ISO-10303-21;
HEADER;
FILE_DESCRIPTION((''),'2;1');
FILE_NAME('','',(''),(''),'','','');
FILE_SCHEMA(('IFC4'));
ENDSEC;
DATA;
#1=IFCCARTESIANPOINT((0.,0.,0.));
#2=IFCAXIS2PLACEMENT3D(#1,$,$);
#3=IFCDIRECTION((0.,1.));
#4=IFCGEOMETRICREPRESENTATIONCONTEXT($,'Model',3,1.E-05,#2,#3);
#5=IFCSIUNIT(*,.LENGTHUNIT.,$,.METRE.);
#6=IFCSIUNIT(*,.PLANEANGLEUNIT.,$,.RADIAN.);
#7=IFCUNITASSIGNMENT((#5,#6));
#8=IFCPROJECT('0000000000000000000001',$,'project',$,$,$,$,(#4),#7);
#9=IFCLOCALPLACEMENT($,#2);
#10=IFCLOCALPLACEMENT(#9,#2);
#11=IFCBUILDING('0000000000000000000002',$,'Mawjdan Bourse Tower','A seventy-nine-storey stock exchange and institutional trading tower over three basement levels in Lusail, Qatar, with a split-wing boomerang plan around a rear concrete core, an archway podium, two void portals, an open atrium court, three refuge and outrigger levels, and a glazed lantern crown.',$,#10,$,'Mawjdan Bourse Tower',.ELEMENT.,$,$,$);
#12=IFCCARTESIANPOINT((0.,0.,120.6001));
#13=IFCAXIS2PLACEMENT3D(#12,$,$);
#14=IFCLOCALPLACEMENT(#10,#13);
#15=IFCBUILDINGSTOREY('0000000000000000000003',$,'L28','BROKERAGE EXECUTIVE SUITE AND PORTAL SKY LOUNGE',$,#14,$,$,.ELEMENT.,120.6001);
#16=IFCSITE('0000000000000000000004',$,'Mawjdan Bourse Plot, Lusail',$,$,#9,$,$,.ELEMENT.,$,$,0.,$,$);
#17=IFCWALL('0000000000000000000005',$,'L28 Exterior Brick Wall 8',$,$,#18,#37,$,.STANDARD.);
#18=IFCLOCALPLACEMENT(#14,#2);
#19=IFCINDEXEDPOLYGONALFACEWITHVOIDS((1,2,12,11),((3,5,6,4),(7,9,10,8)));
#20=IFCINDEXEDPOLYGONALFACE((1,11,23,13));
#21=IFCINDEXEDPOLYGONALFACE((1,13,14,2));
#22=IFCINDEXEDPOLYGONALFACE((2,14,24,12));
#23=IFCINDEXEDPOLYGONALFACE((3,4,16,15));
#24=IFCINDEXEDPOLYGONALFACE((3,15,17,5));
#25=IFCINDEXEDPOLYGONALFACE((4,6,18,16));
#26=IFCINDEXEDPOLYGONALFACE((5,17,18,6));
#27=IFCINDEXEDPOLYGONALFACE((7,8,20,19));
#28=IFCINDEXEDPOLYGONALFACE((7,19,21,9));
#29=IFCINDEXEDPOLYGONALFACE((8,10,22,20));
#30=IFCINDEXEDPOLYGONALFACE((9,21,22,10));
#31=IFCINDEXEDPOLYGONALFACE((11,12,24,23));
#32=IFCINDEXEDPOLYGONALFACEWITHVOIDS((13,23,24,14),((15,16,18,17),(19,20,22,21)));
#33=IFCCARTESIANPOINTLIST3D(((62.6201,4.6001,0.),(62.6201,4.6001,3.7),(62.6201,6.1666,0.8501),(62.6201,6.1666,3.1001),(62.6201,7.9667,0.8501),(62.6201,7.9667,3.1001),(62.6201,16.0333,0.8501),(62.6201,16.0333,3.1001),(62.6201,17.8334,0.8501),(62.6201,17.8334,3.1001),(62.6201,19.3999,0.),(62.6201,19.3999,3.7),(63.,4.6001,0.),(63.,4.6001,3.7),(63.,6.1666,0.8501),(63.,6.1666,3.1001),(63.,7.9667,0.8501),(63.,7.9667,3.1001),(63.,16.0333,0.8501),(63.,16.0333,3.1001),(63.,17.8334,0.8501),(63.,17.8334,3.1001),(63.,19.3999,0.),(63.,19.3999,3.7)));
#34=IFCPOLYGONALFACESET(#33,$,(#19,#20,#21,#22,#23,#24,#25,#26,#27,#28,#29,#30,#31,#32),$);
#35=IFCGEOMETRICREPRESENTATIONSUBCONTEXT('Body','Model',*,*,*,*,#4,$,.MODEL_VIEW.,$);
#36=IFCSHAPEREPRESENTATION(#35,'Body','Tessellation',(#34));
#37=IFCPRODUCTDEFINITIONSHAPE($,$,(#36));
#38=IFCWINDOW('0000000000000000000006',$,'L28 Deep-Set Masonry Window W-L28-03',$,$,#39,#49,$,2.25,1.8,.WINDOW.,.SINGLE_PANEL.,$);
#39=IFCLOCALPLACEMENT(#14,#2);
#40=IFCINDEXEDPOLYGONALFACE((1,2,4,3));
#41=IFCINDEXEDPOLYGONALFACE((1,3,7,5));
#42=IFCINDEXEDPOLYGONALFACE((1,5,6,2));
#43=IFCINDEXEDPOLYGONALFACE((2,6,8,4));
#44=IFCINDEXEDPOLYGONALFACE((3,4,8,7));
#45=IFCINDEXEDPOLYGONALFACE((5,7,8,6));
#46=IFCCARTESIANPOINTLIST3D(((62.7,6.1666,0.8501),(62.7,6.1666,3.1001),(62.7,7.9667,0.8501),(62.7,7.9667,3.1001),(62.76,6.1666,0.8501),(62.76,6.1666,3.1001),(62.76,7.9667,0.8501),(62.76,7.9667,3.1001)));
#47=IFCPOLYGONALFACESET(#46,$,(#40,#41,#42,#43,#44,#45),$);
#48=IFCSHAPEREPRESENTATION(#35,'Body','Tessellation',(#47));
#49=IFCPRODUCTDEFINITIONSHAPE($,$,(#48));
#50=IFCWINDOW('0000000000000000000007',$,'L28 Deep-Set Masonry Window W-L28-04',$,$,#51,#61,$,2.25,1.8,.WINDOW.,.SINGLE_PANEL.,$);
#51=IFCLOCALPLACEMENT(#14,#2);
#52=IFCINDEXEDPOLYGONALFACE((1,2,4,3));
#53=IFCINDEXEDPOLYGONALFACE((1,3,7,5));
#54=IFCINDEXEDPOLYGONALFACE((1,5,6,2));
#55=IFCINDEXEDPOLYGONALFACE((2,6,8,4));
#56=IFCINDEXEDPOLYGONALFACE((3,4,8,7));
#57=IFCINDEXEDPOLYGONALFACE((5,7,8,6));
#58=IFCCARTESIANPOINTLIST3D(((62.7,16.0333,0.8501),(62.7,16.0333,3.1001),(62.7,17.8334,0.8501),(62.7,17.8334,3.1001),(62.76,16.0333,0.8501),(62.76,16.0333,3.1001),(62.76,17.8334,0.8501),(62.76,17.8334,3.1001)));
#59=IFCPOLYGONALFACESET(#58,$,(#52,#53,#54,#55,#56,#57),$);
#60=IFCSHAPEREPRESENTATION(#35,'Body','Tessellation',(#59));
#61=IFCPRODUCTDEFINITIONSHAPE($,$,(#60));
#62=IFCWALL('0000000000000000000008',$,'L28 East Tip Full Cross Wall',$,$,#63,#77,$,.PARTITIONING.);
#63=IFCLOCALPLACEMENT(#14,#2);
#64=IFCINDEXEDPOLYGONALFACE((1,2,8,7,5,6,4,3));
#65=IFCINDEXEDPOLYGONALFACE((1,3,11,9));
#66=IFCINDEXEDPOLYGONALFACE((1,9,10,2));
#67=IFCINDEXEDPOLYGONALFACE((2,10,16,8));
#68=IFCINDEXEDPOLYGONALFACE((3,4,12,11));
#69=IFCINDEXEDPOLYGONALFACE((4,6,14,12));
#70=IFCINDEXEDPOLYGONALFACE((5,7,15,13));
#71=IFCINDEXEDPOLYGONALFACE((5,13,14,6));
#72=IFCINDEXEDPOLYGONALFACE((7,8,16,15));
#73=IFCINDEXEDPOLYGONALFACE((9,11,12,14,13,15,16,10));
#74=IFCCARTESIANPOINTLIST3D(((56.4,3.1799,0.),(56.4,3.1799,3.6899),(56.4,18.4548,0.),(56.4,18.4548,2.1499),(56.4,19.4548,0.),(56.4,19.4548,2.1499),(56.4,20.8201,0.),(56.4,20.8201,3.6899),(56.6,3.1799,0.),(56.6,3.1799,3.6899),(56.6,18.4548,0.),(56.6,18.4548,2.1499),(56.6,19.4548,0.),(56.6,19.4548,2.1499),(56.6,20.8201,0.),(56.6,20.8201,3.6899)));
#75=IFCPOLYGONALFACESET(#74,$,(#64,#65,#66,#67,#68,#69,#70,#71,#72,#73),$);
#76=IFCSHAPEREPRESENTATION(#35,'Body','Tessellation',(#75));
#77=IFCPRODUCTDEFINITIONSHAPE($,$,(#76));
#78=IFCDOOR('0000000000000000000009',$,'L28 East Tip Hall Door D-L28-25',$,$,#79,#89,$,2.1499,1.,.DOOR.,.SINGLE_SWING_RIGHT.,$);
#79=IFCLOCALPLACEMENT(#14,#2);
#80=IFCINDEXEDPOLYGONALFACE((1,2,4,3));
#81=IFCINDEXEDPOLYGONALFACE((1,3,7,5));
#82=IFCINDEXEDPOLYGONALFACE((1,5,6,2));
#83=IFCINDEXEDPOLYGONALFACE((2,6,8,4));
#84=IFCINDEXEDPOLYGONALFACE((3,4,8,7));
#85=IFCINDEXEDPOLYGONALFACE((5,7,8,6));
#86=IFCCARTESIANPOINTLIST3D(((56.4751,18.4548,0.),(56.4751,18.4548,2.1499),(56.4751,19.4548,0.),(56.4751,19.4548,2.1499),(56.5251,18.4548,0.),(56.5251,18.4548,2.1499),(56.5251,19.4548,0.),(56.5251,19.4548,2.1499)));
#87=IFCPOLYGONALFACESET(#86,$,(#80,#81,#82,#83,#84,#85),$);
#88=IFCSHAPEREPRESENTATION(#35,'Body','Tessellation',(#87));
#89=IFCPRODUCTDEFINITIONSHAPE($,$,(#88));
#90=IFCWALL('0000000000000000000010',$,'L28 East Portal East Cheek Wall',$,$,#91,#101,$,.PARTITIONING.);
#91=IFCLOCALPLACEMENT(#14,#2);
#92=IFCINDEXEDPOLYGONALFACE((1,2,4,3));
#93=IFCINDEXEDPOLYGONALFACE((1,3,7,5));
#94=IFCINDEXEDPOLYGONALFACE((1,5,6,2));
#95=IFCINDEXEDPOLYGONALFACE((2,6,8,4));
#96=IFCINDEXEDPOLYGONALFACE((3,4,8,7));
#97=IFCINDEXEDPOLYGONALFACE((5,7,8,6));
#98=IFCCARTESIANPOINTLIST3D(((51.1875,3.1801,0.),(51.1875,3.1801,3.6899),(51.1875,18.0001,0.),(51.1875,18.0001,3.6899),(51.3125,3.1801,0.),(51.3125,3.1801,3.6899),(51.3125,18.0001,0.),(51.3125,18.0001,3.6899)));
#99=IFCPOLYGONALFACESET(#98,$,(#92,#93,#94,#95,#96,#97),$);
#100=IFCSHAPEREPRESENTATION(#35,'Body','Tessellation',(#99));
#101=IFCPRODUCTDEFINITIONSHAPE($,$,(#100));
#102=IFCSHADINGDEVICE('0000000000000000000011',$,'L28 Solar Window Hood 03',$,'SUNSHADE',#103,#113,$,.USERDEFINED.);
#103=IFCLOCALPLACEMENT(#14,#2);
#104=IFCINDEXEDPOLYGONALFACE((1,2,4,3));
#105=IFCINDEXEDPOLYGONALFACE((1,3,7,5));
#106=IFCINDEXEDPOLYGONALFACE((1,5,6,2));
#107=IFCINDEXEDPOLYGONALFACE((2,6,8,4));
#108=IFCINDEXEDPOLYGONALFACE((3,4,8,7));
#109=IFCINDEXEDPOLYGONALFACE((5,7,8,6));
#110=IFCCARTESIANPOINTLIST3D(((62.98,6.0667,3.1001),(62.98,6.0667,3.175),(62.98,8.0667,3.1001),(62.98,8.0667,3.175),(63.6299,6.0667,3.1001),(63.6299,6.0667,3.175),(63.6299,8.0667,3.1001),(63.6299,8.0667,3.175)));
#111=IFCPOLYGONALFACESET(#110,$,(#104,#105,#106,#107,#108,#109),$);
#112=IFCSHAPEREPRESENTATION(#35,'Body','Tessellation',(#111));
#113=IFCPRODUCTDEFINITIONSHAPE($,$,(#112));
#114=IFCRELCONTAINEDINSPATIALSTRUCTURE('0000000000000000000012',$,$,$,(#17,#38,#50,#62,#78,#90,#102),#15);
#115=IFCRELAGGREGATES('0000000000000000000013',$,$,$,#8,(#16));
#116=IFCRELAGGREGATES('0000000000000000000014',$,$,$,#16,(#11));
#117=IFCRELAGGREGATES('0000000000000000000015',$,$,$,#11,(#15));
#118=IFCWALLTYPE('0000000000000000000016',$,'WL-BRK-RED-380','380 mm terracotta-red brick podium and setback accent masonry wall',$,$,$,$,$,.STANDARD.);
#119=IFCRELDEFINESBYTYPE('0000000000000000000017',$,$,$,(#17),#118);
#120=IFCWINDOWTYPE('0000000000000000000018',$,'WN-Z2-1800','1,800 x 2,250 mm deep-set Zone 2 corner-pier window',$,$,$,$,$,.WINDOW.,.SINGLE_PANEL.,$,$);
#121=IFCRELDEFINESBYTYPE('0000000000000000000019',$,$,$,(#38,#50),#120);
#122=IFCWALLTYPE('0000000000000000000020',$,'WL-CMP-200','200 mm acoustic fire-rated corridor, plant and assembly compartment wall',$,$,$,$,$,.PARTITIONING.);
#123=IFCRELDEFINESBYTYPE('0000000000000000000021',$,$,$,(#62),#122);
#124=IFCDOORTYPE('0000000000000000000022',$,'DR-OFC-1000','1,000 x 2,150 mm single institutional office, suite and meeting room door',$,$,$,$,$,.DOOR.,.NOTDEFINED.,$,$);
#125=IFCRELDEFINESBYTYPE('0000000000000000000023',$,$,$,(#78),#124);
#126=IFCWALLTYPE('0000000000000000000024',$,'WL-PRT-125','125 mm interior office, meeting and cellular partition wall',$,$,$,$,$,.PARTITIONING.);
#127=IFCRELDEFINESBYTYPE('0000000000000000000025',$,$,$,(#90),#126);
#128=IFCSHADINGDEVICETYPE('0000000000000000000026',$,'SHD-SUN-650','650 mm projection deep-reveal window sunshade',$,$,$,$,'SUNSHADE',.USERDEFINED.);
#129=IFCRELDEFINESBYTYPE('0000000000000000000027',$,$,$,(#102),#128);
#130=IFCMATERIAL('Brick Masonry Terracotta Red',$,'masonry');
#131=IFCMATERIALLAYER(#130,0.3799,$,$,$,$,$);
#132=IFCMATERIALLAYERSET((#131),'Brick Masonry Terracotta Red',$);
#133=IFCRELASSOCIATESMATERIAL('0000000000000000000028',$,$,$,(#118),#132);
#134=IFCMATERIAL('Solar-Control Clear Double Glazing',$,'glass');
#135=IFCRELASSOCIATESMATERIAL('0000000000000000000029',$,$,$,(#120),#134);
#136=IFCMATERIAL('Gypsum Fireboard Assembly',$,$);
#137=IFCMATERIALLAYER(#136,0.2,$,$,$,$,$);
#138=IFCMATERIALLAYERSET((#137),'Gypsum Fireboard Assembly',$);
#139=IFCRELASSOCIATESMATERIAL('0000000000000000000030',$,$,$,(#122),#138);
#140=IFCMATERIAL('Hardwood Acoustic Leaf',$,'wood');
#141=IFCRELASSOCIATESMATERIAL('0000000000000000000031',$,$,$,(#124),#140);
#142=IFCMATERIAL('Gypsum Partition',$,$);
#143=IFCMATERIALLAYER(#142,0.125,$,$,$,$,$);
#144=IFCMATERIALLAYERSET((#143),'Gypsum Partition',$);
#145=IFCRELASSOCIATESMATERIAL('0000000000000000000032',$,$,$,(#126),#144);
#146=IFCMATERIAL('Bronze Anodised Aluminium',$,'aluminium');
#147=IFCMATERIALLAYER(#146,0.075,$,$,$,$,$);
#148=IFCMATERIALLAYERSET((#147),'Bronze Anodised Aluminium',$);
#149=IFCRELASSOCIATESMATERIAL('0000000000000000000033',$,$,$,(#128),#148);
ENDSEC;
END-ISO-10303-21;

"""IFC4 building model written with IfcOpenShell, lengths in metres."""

from ifc_helpers import new_model, si_unit, direction, frame, frame_2d, origin, origin_2d, place, context, subcontext, project, spatial, rectangle, extrude, material, layer, layer_set, type_object, element, fill, save


model = new_model("IFC4")

# Units and contexts
model_context = context("Model", 3, precision=1e-05, world=origin(), true_north=direction((0.0, 1.0)))
body_context = subcontext(model_context, "Body", "Model", "MODEL_VIEW")
ifc_project = project(units=[si_unit("LENGTHUNIT", "METRE"), si_unit("PLANEANGLEUNIT", "RADIAN")], contexts=[model_context])

# Site, building, storey
site_placement = place(None, origin())
site = spatial("IfcSite", under=ifc_project, at=site_placement, Name="Mawjdan Bourse Plot, Lusail", CompositionType="ELEMENT", RefElevation=0.0)
building_placement = place(site_placement, origin())
building = spatial("IfcBuilding", under=site, at=building_placement, Name="Mawjdan Bourse Tower", Description="A seventy-nine-storey stock exchange and institutional trading tower over three basement levels in Lusail, Qatar, with a split-wing boomerang plan around a rear concrete core, an archway podium, two void portals, an open atrium court, three refuge and outrigger levels, and a glazed lantern crown.", LongName="Mawjdan Bourse Tower", CompositionType="ELEMENT")
storey_placement = place(building_placement, frame((0.0, 0.0, 120.6001)))
storey = spatial("IfcBuildingStorey", under=building, at=storey_placement, Name="L28", Description="BROKERAGE EXECUTIVE SUITE AND PORTAL SKY LOUNGE", CompositionType="ELEMENT", Elevation=120.6001)

# Shared definitions
ifc_material_1 = material(Name="Brick Masonry Terracotta Red", Category="masonry")
ifc_layer_1 = layer(ifc_material_1, 0.3799)
ifc_layer_set_1 = layer_set([ifc_layer_1], Name="Brick Masonry Terracotta Red")
wall_type_1 = type_object("IfcWallType", Name="WL-BRK-RED-380", Description="380 mm terracotta-red brick podium and setback accent masonry wall", PredefinedType="STANDARD", material=ifc_layer_set_1)

# Wall, openings, windows
wall_1_placement = place(storey_placement, frame((62.8101, 4.6001, 0.0), z_axis=(0.0, 0.0, 1.0), x_axis=(0.0, 1.0, 0.0)))
wall_1 = element("IfcWall", 1, at=wall_1_placement, inside=storey, type_object=wall_type_1, Name="L28 Exterior Brick Wall 8", PredefinedType="STANDARD", context=body_context, shape_type="SweptSolid", body=[
    extrude(rectangle(XDim=14.7998, YDim=0.3799, at=frame_2d((7.3999, 0.0))), origin(), (0.0, 0.0, 1.0), 3.7),
])
opening_1_placement = place(wall_1_placement, frame((1.5667, 0.0, 0.8501)))
opening_1 = element("IfcOpeningElement", 2, at=opening_1_placement, cuts=wall_1, PredefinedType="OPENING", context=body_context, shape_type="SweptSolid", body=[
    extrude(rectangle(XDim=1.8, YDim=2.25, at=frame_2d((0.8999, 1.125))), frame((0.0, 0.2, 0.0), z_axis=(0.0, -1.0, 0.0), x_axis=(1.0, 0.0, 0.0)), (0.0, 0.0, 1.0), 0.3999),
])
opening_2_placement = place(wall_1_placement, frame((11.4333, 0.0, 0.8501)))
opening_2 = element("IfcOpeningElement", 3, at=opening_2_placement, cuts=wall_1, PredefinedType="OPENING", context=body_context, shape_type="SweptSolid", body=[
    extrude(rectangle(XDim=1.8, YDim=2.25, at=frame_2d((0.8999, 1.125))), frame((0.0, 0.2, 0.0), z_axis=(0.0, -1.0, 0.0), x_axis=(1.0, 0.0, 0.0)), (0.0, 0.0, 1.0), 0.3999),
])
ifc_material_2 = material(Name="Solar-Control Clear Double Glazing", Category="glass")
window_type = type_object("IfcWindowType", Name="WN-Z2-1800", Description="1,800 x 2,250 mm deep-set Zone 2 corner-pier window", PartitioningType="SINGLE_PANEL", PredefinedType="WINDOW", material=ifc_material_2)
window_1_placement = place(opening_1_placement, origin())
window_1 = element("IfcWindow", 4, at=window_1_placement, inside=storey, type_object=window_type, Name="L28 Deep-Set Masonry Window W-L28-03", OverallHeight=2.25, OverallWidth=1.8, PartitioningType="SINGLE_PANEL", PredefinedType="WINDOW", context=body_context, shape_type="SweptSolid", body=[
    extrude(rectangle(XDim=1.8, YDim=2.25, at=frame_2d((0.8999, 1.125))), frame((0.0, 0.1101, 0.0), z_axis=(0.0, -1.0, 0.0), x_axis=(1.0, 0.0, 0.0)), (0.0, 0.0, 1.0), 0.0601),
])
fill(opening_1, window_1)
window_2_placement = place(opening_2_placement, origin())
window_2 = element("IfcWindow", 5, at=window_2_placement, inside=storey, type_object=window_type, Name="L28 Deep-Set Masonry Window W-L28-04", OverallHeight=2.25, OverallWidth=1.8, PartitioningType="SINGLE_PANEL", PredefinedType="WINDOW", context=body_context, shape_type="SweptSolid", body=[
    extrude(rectangle(XDim=1.8, YDim=2.25, at=frame_2d((0.8999, 1.125))), frame((0.0, 0.1101, 0.0), z_axis=(0.0, -1.0, 0.0), x_axis=(1.0, 0.0, 0.0)), (0.0, 0.0, 1.0), 0.0601),
])
fill(opening_2, window_2)

# Wall, opening, door
ifc_material_3 = material(Name="Gypsum Fireboard Assembly")
ifc_layer_2 = layer(ifc_material_3, 0.2)
ifc_layer_set_2 = layer_set([ifc_layer_2], Name="Gypsum Fireboard Assembly")
wall_type_2 = type_object("IfcWallType", Name="WL-CMP-200", Description="200 mm acoustic fire-rated corridor, plant and assembly compartment wall", PredefinedType="PARTITIONING", material=ifc_layer_set_2)
wall_2_placement = place(storey_placement, frame((56.5, 3.1799, 0.0), z_axis=(0.0, 0.0, 1.0), x_axis=(0.0, 1.0, 0.0)))
wall_2 = element("IfcWall", 6, at=wall_2_placement, inside=storey, type_object=wall_type_2, Name="L28 East Tip Full Cross Wall", PredefinedType="PARTITIONING", context=body_context, shape_type="SweptSolid", body=[
    extrude(rectangle(XDim=17.6401, YDim=0.2, at=frame_2d((8.8201, 0.0))), origin(), (0.0, 0.0, 1.0), 3.6899),
])
opening_3_placement = place(wall_2_placement, frame((15.2749, 0.0, 0.0)))
opening_3 = element("IfcOpeningElement", 7, at=opening_3_placement, cuts=wall_2, PredefinedType="OPENING", context=body_context, shape_type="SweptSolid", body=[
    extrude(rectangle(XDim=1.0, YDim=2.1499, at=frame_2d((0.5, 1.075))), frame((0.0, 0.1099, 0.0), z_axis=(0.0, -1.0, 0.0), x_axis=(1.0, 0.0, 0.0)), (0.0, 0.0, 1.0), 0.22),
])
ifc_material_4 = material(Name="Hardwood Acoustic Leaf", Category="wood")
door_type = type_object("IfcDoorType", Name="DR-OFC-1000", Description="1,000 x 2,150 mm single institutional office, suite and meeting room door", OperationType="NOTDEFINED", PredefinedType="DOOR", material=ifc_material_4)
door_placement = place(opening_3_placement, origin())
door = element("IfcDoor", 8, at=door_placement, inside=storey, type_object=door_type, Name="L28 East Tip Hall Door D-L28-25", OperationType="SINGLE_SWING_RIGHT", OverallHeight=2.1499, OverallWidth=1.0, PredefinedType="DOOR", context=body_context, shape_type="SweptSolid", body=[
    extrude(rectangle(XDim=1.0, YDim=2.1499, at=frame_2d((0.5, 1.075))), frame((0.0, 0.0249, 0.0), z_axis=(0.0, -1.0, 0.0), x_axis=(1.0, 0.0, 0.0)), (0.0, 0.0, 1.0), 0.05),
])
fill(opening_3, door)

# Wall
ifc_material_5 = material(Name="Gypsum Partition")
ifc_layer_3 = layer(ifc_material_5, 0.125)
ifc_layer_set_3 = layer_set([ifc_layer_3], Name="Gypsum Partition")
wall_type_3 = type_object("IfcWallType", Name="WL-PRT-125", Description="125 mm interior office, meeting and cellular partition wall", PredefinedType="PARTITIONING", material=ifc_layer_set_3)
wall_3_placement = place(storey_placement, frame((51.25, 3.1799, 0.0), z_axis=(0.0, 0.0, 1.0), x_axis=(0.0, 1.0, 0.0)))
element("IfcWall", 9, at=wall_3_placement, inside=storey, type_object=wall_type_3, Name="L28 East Portal East Cheek Wall", PredefinedType="PARTITIONING", context=body_context, shape_type="SweptSolid", body=[
    extrude(rectangle(XDim=14.8201, YDim=0.125, at=frame_2d((7.4102, 0.0))), origin(), (0.0, 0.0, 1.0), 3.6899),
])

# Shading device
ifc_material_6 = material(Name="Bronze Anodised Aluminium", Category="aluminium")
ifc_layer_4 = layer(ifc_material_6, 0.075)
ifc_layer_set_4 = layer_set([ifc_layer_4], Name="Bronze Anodised Aluminium")
shading_device_type = type_object("IfcShadingDeviceType", Name="SHD-SUN-650", Description="650 mm projection deep-reveal window sunshade", ElementType="SUNSHADE", PredefinedType="USERDEFINED", material=ifc_layer_set_4)
shading_device_placement = place(storey_placement, frame((63.3049, 7.0667, 3.1001), z_axis=(0.0, 0.0, 1.0), x_axis=(0.0, 1.0, 0.0)))
element("IfcShadingDevice", 10, at=shading_device_placement, inside=storey, type_object=shading_device_type, Name="L28 Solar Window Hood 03", ObjectType="SUNSHADE", PredefinedType="USERDEFINED", context=body_context, shape_type="SweptSolid", body=[
    extrude(rectangle(XDim=2.0, YDim=0.6499, at=origin_2d()), origin(), (0.0, 0.0, 1.0), 0.075),
])

save(model, "model.ifc")
